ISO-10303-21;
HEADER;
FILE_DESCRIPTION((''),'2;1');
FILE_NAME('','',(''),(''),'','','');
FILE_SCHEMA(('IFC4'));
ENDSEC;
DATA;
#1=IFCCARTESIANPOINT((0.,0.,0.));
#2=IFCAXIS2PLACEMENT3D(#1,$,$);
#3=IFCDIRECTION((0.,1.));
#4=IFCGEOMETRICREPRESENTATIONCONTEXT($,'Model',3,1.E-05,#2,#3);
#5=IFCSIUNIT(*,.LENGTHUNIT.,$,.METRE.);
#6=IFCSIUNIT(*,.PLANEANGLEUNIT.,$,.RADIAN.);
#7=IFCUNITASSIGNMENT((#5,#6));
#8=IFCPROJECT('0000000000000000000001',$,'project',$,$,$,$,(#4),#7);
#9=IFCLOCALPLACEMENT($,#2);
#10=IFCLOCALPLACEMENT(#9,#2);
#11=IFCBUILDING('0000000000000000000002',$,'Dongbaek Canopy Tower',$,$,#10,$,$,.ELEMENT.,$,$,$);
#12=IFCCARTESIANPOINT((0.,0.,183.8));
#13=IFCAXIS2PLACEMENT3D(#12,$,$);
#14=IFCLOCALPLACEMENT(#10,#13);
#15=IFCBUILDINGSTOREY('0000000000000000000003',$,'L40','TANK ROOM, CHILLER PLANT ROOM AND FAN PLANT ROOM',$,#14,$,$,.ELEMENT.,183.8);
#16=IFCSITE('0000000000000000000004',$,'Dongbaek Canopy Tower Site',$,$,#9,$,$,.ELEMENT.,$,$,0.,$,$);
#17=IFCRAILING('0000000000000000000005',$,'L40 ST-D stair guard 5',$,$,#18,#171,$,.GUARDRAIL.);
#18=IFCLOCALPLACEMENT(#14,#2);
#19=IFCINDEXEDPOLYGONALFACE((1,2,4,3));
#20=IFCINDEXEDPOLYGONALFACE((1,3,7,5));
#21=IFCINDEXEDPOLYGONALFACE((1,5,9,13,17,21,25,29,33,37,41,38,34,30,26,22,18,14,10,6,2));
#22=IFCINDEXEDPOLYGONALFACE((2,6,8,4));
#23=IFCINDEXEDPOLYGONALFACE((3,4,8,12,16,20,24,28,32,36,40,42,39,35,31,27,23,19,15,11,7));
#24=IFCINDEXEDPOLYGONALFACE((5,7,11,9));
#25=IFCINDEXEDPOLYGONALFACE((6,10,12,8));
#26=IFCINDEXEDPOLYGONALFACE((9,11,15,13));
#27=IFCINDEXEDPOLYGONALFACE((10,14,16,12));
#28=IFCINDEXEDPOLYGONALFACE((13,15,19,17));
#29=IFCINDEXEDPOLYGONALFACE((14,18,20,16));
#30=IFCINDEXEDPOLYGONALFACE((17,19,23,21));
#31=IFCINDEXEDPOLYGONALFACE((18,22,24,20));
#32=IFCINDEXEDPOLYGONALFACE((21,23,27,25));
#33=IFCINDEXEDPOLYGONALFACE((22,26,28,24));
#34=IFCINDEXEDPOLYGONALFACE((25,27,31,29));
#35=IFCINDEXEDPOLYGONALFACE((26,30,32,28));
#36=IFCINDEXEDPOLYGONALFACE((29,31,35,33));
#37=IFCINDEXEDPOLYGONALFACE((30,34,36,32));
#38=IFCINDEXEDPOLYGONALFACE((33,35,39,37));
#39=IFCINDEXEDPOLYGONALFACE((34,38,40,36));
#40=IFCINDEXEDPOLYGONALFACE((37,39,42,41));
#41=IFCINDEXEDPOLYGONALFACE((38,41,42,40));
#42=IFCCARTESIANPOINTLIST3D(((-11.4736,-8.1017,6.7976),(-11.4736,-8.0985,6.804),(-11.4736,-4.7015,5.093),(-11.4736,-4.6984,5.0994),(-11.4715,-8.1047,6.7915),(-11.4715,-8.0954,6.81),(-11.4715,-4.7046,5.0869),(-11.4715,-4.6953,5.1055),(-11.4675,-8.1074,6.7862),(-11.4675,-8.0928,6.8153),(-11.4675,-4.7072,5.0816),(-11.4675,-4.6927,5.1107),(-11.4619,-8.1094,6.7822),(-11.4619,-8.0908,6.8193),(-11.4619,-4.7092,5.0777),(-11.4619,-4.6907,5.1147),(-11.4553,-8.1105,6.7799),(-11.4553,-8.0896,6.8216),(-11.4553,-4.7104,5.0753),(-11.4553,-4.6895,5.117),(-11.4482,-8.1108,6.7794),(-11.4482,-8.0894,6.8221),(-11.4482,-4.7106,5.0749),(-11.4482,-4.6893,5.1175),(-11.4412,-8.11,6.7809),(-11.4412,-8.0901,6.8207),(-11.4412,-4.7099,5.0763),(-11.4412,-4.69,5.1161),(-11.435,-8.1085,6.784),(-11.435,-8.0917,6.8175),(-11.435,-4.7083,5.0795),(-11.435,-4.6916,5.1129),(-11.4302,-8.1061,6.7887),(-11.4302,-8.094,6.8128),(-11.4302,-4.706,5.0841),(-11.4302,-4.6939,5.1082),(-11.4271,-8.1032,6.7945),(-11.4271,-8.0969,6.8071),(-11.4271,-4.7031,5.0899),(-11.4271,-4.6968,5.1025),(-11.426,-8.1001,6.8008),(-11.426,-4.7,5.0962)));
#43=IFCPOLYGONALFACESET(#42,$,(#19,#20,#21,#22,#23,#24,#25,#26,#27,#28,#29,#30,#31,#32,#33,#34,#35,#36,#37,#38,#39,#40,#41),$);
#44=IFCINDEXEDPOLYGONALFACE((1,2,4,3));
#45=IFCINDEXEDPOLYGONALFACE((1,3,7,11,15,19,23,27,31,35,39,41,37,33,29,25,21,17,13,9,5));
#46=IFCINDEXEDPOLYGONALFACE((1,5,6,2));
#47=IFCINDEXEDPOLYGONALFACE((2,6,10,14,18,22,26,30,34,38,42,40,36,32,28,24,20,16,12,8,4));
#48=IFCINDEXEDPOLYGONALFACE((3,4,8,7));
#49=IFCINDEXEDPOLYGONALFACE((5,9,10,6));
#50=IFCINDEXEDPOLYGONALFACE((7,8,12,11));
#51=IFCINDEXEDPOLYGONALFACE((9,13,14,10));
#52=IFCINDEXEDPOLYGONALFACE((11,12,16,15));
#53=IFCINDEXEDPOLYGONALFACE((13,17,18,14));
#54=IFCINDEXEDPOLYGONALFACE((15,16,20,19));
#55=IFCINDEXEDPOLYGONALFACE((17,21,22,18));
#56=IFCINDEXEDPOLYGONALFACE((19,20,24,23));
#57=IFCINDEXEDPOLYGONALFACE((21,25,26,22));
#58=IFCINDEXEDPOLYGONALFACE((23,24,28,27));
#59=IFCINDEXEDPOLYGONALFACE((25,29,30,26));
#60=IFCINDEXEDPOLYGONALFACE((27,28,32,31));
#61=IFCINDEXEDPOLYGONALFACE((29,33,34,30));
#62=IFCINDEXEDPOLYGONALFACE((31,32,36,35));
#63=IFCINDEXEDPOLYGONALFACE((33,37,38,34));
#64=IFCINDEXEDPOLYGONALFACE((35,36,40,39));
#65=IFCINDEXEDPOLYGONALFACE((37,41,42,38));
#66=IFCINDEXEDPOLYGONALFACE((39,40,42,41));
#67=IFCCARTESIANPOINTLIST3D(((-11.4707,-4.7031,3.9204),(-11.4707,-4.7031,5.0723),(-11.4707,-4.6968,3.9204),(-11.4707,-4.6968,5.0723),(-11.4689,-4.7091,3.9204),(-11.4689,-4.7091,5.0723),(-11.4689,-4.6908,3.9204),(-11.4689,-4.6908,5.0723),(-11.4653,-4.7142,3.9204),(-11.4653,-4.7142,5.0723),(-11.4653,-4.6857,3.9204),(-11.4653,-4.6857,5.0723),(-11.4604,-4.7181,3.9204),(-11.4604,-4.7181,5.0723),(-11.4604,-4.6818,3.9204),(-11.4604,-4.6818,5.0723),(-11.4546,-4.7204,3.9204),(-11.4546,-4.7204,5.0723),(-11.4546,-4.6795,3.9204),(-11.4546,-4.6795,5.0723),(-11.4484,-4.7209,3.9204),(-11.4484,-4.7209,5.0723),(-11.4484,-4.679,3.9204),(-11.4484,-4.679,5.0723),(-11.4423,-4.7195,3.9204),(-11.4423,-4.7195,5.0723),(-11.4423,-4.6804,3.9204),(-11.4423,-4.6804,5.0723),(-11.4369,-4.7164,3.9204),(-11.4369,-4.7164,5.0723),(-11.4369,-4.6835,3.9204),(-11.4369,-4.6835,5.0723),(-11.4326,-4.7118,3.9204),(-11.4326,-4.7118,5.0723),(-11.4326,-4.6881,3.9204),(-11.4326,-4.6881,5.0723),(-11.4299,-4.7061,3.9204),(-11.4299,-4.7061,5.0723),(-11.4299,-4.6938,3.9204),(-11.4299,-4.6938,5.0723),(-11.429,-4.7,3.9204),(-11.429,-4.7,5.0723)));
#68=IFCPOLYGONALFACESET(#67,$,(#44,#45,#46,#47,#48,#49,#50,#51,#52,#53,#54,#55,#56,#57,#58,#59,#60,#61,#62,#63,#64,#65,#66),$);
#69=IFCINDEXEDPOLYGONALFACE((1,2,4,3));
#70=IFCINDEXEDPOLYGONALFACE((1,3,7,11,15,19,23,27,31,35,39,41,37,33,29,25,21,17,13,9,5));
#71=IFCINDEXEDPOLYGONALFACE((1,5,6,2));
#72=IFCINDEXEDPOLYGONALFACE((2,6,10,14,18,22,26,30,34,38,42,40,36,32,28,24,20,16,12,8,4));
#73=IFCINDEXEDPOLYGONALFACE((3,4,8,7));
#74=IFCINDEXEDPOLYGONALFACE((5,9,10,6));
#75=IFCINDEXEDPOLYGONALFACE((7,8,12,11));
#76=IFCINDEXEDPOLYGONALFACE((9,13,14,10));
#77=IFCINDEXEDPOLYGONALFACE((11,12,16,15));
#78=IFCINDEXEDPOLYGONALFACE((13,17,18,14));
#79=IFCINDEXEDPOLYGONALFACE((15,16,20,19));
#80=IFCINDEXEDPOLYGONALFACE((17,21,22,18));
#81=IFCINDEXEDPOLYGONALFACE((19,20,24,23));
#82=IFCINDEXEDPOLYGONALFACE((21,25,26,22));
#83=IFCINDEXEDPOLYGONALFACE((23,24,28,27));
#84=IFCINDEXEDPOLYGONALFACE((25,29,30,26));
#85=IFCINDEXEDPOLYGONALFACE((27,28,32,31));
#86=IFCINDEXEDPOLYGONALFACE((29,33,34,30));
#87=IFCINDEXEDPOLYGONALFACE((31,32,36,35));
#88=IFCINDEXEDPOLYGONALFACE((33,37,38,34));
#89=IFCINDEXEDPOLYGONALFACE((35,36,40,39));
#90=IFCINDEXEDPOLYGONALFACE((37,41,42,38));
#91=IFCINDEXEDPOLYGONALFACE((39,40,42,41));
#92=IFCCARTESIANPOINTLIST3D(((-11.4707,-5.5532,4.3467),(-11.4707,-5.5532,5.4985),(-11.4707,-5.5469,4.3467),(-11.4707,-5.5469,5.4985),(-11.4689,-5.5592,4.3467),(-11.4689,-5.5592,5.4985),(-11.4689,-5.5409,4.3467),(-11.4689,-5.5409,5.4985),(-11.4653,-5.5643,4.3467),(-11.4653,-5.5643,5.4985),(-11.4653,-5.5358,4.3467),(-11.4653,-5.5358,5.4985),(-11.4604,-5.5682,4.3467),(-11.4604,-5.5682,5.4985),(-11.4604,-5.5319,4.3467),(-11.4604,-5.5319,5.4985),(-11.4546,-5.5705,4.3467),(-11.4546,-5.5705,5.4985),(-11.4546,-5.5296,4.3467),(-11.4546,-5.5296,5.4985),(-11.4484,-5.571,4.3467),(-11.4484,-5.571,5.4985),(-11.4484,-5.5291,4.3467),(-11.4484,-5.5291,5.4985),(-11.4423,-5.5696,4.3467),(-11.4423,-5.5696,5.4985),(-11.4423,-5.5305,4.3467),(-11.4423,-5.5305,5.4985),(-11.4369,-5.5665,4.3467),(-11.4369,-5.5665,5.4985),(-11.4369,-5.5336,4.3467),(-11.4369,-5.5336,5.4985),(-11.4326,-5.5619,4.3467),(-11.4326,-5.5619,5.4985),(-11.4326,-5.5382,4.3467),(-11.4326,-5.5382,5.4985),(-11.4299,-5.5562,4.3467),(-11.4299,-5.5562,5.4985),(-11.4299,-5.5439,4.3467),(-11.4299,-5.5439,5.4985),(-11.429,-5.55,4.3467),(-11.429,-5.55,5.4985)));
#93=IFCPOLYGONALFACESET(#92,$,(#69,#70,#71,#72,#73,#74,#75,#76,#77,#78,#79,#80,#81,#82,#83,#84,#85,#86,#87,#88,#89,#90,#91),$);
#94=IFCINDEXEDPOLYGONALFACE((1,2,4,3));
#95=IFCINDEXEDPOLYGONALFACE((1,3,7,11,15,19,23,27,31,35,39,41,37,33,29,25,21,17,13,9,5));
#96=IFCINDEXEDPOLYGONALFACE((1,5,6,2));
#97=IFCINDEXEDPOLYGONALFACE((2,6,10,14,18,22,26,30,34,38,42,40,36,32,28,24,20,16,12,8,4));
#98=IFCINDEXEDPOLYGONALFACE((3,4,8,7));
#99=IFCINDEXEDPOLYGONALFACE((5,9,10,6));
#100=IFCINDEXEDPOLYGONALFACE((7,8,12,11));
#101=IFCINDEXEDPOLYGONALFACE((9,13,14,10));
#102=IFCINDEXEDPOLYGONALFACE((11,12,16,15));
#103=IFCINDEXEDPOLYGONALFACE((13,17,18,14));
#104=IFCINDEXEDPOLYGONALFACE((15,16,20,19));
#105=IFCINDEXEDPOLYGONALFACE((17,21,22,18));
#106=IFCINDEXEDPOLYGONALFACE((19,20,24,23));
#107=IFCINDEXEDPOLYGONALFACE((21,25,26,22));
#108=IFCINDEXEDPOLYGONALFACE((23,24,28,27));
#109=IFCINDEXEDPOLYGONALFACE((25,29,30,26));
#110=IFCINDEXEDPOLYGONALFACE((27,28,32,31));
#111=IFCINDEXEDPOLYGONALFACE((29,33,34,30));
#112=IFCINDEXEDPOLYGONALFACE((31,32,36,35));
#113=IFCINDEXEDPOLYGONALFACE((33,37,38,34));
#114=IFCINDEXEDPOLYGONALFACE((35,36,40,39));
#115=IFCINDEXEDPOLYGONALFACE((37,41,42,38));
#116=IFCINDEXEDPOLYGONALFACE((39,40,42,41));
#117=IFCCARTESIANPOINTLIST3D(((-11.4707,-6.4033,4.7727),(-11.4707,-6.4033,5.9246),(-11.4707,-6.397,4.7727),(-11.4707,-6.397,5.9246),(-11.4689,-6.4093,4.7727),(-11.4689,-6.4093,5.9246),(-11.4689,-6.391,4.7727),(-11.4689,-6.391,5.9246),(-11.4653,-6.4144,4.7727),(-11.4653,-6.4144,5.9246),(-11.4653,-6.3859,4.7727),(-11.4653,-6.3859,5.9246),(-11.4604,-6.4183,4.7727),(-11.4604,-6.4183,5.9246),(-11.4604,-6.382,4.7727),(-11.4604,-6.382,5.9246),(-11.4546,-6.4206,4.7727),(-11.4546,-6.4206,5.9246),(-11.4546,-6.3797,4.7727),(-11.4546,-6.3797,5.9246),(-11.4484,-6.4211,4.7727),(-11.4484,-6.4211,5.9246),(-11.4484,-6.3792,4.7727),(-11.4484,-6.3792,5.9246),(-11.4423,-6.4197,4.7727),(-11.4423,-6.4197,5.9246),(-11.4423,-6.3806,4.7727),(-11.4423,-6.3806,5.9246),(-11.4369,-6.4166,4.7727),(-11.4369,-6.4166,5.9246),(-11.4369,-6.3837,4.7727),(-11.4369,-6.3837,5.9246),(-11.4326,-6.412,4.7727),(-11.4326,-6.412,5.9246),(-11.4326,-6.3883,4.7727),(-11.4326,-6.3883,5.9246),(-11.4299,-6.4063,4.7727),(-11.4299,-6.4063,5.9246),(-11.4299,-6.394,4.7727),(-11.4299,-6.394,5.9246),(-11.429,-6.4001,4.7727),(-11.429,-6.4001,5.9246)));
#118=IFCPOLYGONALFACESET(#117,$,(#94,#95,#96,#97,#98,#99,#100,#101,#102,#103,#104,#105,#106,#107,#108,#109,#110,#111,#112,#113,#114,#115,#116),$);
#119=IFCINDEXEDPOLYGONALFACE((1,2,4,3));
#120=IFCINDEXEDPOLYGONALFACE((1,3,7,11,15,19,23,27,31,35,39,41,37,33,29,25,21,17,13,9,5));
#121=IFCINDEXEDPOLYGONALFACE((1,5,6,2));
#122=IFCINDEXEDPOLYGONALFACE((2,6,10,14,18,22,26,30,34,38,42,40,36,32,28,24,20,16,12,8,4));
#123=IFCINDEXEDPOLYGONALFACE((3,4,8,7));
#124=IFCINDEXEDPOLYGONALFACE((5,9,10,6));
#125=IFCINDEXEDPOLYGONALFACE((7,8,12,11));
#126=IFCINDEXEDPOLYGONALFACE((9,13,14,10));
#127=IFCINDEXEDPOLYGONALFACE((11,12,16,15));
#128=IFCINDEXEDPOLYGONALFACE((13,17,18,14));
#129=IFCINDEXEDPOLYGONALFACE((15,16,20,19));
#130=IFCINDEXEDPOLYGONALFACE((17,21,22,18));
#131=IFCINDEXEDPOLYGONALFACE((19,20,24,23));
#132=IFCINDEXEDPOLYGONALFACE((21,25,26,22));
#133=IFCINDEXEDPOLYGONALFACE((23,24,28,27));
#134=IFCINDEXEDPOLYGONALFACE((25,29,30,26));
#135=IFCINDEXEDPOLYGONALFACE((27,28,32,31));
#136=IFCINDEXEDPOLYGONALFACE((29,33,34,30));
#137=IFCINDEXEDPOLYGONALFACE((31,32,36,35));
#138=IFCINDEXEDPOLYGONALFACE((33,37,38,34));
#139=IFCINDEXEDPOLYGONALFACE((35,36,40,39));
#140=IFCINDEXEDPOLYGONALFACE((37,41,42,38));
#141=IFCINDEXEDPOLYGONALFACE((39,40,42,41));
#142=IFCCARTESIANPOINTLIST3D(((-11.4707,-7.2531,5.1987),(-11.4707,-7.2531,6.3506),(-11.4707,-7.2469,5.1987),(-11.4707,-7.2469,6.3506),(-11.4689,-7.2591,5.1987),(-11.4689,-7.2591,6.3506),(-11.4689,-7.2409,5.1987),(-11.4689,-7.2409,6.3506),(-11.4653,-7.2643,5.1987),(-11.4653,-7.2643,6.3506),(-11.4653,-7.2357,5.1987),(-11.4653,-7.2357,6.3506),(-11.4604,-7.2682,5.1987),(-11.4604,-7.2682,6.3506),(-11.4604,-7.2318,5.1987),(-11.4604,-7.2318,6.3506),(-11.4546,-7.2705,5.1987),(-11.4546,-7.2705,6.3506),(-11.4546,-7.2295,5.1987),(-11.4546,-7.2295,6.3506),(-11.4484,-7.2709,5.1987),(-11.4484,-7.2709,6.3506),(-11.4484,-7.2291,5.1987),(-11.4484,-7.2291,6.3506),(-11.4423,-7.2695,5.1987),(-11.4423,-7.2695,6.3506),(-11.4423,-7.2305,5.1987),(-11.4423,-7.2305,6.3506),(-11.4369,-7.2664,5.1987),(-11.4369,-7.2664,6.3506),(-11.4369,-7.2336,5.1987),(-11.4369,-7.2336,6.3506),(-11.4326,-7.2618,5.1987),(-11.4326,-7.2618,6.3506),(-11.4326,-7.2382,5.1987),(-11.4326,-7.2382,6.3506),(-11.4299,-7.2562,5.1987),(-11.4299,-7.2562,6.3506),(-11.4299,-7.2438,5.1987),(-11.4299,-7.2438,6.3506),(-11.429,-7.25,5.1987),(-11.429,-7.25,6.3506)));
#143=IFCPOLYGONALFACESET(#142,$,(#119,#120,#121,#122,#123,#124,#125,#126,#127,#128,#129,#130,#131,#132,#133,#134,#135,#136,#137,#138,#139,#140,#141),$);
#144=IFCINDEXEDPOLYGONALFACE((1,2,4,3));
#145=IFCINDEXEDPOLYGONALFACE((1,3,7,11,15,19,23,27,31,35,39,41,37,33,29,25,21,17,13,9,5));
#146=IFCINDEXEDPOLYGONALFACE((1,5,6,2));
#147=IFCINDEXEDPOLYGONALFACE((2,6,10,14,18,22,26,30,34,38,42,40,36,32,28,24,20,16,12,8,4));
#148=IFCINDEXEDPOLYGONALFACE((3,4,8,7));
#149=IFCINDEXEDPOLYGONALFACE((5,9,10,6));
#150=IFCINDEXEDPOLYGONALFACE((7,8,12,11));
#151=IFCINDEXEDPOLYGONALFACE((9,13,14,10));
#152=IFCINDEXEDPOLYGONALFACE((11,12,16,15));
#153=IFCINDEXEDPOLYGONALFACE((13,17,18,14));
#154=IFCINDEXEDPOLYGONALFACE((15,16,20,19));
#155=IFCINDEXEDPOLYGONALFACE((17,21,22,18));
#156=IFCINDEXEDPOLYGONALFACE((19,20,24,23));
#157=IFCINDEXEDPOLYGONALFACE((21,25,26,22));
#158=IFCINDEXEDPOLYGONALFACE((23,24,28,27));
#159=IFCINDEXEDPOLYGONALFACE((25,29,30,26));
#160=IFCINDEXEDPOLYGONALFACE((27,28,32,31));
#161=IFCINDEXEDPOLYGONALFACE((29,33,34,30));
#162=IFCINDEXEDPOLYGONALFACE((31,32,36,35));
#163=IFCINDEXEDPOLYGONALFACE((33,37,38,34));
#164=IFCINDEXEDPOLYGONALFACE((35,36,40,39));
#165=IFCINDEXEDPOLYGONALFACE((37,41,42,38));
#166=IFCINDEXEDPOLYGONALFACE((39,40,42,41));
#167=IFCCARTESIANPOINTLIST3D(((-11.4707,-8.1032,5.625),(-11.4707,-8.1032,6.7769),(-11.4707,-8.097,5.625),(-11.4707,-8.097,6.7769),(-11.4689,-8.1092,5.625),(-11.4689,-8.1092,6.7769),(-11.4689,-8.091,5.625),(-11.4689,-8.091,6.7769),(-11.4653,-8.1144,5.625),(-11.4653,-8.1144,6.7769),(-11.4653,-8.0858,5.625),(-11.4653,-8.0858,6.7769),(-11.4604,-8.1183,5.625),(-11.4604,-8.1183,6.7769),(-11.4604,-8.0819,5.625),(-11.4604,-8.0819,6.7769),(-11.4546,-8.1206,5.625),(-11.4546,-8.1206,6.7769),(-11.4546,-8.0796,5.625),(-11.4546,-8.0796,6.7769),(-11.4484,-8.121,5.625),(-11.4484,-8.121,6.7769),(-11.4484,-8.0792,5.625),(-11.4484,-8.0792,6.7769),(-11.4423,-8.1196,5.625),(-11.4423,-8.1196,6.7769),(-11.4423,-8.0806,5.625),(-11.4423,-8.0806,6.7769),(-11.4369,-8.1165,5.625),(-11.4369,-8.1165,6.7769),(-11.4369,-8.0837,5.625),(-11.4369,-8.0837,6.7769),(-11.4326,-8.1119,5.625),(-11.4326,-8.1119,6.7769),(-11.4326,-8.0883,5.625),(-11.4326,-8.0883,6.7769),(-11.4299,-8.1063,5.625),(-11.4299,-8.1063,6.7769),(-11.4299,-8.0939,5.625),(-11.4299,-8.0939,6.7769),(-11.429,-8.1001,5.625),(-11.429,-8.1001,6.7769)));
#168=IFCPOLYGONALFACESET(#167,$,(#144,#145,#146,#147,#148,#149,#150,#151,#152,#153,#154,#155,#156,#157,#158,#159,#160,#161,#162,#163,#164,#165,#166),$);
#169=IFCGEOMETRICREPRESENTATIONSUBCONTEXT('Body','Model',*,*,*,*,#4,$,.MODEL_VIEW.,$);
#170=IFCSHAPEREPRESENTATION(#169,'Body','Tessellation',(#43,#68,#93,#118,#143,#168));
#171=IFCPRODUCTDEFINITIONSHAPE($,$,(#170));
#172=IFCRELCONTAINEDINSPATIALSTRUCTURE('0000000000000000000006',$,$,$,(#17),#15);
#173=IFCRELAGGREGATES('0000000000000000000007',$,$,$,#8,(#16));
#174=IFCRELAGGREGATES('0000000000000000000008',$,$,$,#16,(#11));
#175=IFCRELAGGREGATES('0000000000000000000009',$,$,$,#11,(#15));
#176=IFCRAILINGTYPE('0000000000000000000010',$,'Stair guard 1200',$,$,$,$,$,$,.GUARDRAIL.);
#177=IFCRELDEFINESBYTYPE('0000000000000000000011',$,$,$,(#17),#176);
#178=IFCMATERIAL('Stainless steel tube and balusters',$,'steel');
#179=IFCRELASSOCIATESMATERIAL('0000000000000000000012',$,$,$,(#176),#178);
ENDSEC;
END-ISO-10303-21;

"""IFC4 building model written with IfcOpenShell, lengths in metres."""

from ifc_helpers import new_model, si_unit, direction, frame, origin, origin_2d, place, context, subcontext, project, spatial, circle, extrude, material, type_object, element, save


model = new_model("IFC4")

# Units and contexts
model_context = context("Model", 3, precision=1e-05, world=origin(), true_north=direction((0.0, 1.0)))
body_context = subcontext(model_context, "Body", "Model", "MODEL_VIEW")
ifc_project = project(units=[si_unit("LENGTHUNIT", "METRE"), si_unit("PLANEANGLEUNIT", "RADIAN")], contexts=[model_context])

# Site, building, storey
site_placement = place(None, origin())
site = spatial("IfcSite", under=ifc_project, at=site_placement, Name="Dongbaek Canopy Tower Site", CompositionType="ELEMENT", RefElevation=0.0)
building_placement = place(site_placement, origin())
building = spatial("IfcBuilding", under=site, at=building_placement, Name="Dongbaek Canopy Tower", CompositionType="ELEMENT")
storey_placement = place(building_placement, frame((0.0, 0.0, 183.8)))
storey = spatial("IfcBuildingStorey", under=building, at=storey_placement, Name="L40", Description="TANK ROOM, CHILLER PLANT ROOM AND FAN PLANT ROOM", CompositionType="ELEMENT", Elevation=183.8)

# Railing
ifc_material_1 = material(Name="Stainless steel tube and balusters", Category="steel")
railing_type_1 = type_object("IfcRailingType", Name="Stair guard 1200", PredefinedType="GUARDRAIL", material=ifc_material_1)
railing_1_placement = place(storey_placement, frame((-11.45, -4.7, 3.9204)))
element("IfcRailing", 1, at=railing_1_placement, inside=storey, type_object=railing_type_1, Name="L40 ST-D stair guard 5", PredefinedType="GUARDRAIL", context=body_context, shape_type="SweptSolid", body=[
    extrude(circle(Radius=0.0239, at=origin_2d()), frame((0.0, 0.0, 1.1758), z_axis=(0.0, -0.893952, 0.448163), x_axis=(1.0, 0.0, 0.0)), (0.0, 0.0, 1.0), 3.8035),
    extrude(circle(Radius=0.021, at=origin_2d()), origin(), (0.0, 0.0, 1.0), 1.1519),
    extrude(circle(Radius=0.021, at=origin_2d()), frame((0.0, -0.8501, 0.4263)), (0.0, 0.0, 1.0), 1.1519),
    extrude(circle(Radius=0.021, at=origin_2d()), frame((0.0, -1.7002, 0.8523)), (0.0, 0.0, 1.0), 1.1519),
    extrude(circle(Radius=0.021, at=origin_2d()), frame((0.0, -2.55, 1.2783)), (0.0, 0.0, 1.0), 1.1519),
    extrude(circle(Radius=0.021, at=origin_2d()), frame((0.0, -3.4001, 1.7046)), (0.0, 0.0, 1.0), 1.1519),
])

save(model, "model.ifc")
